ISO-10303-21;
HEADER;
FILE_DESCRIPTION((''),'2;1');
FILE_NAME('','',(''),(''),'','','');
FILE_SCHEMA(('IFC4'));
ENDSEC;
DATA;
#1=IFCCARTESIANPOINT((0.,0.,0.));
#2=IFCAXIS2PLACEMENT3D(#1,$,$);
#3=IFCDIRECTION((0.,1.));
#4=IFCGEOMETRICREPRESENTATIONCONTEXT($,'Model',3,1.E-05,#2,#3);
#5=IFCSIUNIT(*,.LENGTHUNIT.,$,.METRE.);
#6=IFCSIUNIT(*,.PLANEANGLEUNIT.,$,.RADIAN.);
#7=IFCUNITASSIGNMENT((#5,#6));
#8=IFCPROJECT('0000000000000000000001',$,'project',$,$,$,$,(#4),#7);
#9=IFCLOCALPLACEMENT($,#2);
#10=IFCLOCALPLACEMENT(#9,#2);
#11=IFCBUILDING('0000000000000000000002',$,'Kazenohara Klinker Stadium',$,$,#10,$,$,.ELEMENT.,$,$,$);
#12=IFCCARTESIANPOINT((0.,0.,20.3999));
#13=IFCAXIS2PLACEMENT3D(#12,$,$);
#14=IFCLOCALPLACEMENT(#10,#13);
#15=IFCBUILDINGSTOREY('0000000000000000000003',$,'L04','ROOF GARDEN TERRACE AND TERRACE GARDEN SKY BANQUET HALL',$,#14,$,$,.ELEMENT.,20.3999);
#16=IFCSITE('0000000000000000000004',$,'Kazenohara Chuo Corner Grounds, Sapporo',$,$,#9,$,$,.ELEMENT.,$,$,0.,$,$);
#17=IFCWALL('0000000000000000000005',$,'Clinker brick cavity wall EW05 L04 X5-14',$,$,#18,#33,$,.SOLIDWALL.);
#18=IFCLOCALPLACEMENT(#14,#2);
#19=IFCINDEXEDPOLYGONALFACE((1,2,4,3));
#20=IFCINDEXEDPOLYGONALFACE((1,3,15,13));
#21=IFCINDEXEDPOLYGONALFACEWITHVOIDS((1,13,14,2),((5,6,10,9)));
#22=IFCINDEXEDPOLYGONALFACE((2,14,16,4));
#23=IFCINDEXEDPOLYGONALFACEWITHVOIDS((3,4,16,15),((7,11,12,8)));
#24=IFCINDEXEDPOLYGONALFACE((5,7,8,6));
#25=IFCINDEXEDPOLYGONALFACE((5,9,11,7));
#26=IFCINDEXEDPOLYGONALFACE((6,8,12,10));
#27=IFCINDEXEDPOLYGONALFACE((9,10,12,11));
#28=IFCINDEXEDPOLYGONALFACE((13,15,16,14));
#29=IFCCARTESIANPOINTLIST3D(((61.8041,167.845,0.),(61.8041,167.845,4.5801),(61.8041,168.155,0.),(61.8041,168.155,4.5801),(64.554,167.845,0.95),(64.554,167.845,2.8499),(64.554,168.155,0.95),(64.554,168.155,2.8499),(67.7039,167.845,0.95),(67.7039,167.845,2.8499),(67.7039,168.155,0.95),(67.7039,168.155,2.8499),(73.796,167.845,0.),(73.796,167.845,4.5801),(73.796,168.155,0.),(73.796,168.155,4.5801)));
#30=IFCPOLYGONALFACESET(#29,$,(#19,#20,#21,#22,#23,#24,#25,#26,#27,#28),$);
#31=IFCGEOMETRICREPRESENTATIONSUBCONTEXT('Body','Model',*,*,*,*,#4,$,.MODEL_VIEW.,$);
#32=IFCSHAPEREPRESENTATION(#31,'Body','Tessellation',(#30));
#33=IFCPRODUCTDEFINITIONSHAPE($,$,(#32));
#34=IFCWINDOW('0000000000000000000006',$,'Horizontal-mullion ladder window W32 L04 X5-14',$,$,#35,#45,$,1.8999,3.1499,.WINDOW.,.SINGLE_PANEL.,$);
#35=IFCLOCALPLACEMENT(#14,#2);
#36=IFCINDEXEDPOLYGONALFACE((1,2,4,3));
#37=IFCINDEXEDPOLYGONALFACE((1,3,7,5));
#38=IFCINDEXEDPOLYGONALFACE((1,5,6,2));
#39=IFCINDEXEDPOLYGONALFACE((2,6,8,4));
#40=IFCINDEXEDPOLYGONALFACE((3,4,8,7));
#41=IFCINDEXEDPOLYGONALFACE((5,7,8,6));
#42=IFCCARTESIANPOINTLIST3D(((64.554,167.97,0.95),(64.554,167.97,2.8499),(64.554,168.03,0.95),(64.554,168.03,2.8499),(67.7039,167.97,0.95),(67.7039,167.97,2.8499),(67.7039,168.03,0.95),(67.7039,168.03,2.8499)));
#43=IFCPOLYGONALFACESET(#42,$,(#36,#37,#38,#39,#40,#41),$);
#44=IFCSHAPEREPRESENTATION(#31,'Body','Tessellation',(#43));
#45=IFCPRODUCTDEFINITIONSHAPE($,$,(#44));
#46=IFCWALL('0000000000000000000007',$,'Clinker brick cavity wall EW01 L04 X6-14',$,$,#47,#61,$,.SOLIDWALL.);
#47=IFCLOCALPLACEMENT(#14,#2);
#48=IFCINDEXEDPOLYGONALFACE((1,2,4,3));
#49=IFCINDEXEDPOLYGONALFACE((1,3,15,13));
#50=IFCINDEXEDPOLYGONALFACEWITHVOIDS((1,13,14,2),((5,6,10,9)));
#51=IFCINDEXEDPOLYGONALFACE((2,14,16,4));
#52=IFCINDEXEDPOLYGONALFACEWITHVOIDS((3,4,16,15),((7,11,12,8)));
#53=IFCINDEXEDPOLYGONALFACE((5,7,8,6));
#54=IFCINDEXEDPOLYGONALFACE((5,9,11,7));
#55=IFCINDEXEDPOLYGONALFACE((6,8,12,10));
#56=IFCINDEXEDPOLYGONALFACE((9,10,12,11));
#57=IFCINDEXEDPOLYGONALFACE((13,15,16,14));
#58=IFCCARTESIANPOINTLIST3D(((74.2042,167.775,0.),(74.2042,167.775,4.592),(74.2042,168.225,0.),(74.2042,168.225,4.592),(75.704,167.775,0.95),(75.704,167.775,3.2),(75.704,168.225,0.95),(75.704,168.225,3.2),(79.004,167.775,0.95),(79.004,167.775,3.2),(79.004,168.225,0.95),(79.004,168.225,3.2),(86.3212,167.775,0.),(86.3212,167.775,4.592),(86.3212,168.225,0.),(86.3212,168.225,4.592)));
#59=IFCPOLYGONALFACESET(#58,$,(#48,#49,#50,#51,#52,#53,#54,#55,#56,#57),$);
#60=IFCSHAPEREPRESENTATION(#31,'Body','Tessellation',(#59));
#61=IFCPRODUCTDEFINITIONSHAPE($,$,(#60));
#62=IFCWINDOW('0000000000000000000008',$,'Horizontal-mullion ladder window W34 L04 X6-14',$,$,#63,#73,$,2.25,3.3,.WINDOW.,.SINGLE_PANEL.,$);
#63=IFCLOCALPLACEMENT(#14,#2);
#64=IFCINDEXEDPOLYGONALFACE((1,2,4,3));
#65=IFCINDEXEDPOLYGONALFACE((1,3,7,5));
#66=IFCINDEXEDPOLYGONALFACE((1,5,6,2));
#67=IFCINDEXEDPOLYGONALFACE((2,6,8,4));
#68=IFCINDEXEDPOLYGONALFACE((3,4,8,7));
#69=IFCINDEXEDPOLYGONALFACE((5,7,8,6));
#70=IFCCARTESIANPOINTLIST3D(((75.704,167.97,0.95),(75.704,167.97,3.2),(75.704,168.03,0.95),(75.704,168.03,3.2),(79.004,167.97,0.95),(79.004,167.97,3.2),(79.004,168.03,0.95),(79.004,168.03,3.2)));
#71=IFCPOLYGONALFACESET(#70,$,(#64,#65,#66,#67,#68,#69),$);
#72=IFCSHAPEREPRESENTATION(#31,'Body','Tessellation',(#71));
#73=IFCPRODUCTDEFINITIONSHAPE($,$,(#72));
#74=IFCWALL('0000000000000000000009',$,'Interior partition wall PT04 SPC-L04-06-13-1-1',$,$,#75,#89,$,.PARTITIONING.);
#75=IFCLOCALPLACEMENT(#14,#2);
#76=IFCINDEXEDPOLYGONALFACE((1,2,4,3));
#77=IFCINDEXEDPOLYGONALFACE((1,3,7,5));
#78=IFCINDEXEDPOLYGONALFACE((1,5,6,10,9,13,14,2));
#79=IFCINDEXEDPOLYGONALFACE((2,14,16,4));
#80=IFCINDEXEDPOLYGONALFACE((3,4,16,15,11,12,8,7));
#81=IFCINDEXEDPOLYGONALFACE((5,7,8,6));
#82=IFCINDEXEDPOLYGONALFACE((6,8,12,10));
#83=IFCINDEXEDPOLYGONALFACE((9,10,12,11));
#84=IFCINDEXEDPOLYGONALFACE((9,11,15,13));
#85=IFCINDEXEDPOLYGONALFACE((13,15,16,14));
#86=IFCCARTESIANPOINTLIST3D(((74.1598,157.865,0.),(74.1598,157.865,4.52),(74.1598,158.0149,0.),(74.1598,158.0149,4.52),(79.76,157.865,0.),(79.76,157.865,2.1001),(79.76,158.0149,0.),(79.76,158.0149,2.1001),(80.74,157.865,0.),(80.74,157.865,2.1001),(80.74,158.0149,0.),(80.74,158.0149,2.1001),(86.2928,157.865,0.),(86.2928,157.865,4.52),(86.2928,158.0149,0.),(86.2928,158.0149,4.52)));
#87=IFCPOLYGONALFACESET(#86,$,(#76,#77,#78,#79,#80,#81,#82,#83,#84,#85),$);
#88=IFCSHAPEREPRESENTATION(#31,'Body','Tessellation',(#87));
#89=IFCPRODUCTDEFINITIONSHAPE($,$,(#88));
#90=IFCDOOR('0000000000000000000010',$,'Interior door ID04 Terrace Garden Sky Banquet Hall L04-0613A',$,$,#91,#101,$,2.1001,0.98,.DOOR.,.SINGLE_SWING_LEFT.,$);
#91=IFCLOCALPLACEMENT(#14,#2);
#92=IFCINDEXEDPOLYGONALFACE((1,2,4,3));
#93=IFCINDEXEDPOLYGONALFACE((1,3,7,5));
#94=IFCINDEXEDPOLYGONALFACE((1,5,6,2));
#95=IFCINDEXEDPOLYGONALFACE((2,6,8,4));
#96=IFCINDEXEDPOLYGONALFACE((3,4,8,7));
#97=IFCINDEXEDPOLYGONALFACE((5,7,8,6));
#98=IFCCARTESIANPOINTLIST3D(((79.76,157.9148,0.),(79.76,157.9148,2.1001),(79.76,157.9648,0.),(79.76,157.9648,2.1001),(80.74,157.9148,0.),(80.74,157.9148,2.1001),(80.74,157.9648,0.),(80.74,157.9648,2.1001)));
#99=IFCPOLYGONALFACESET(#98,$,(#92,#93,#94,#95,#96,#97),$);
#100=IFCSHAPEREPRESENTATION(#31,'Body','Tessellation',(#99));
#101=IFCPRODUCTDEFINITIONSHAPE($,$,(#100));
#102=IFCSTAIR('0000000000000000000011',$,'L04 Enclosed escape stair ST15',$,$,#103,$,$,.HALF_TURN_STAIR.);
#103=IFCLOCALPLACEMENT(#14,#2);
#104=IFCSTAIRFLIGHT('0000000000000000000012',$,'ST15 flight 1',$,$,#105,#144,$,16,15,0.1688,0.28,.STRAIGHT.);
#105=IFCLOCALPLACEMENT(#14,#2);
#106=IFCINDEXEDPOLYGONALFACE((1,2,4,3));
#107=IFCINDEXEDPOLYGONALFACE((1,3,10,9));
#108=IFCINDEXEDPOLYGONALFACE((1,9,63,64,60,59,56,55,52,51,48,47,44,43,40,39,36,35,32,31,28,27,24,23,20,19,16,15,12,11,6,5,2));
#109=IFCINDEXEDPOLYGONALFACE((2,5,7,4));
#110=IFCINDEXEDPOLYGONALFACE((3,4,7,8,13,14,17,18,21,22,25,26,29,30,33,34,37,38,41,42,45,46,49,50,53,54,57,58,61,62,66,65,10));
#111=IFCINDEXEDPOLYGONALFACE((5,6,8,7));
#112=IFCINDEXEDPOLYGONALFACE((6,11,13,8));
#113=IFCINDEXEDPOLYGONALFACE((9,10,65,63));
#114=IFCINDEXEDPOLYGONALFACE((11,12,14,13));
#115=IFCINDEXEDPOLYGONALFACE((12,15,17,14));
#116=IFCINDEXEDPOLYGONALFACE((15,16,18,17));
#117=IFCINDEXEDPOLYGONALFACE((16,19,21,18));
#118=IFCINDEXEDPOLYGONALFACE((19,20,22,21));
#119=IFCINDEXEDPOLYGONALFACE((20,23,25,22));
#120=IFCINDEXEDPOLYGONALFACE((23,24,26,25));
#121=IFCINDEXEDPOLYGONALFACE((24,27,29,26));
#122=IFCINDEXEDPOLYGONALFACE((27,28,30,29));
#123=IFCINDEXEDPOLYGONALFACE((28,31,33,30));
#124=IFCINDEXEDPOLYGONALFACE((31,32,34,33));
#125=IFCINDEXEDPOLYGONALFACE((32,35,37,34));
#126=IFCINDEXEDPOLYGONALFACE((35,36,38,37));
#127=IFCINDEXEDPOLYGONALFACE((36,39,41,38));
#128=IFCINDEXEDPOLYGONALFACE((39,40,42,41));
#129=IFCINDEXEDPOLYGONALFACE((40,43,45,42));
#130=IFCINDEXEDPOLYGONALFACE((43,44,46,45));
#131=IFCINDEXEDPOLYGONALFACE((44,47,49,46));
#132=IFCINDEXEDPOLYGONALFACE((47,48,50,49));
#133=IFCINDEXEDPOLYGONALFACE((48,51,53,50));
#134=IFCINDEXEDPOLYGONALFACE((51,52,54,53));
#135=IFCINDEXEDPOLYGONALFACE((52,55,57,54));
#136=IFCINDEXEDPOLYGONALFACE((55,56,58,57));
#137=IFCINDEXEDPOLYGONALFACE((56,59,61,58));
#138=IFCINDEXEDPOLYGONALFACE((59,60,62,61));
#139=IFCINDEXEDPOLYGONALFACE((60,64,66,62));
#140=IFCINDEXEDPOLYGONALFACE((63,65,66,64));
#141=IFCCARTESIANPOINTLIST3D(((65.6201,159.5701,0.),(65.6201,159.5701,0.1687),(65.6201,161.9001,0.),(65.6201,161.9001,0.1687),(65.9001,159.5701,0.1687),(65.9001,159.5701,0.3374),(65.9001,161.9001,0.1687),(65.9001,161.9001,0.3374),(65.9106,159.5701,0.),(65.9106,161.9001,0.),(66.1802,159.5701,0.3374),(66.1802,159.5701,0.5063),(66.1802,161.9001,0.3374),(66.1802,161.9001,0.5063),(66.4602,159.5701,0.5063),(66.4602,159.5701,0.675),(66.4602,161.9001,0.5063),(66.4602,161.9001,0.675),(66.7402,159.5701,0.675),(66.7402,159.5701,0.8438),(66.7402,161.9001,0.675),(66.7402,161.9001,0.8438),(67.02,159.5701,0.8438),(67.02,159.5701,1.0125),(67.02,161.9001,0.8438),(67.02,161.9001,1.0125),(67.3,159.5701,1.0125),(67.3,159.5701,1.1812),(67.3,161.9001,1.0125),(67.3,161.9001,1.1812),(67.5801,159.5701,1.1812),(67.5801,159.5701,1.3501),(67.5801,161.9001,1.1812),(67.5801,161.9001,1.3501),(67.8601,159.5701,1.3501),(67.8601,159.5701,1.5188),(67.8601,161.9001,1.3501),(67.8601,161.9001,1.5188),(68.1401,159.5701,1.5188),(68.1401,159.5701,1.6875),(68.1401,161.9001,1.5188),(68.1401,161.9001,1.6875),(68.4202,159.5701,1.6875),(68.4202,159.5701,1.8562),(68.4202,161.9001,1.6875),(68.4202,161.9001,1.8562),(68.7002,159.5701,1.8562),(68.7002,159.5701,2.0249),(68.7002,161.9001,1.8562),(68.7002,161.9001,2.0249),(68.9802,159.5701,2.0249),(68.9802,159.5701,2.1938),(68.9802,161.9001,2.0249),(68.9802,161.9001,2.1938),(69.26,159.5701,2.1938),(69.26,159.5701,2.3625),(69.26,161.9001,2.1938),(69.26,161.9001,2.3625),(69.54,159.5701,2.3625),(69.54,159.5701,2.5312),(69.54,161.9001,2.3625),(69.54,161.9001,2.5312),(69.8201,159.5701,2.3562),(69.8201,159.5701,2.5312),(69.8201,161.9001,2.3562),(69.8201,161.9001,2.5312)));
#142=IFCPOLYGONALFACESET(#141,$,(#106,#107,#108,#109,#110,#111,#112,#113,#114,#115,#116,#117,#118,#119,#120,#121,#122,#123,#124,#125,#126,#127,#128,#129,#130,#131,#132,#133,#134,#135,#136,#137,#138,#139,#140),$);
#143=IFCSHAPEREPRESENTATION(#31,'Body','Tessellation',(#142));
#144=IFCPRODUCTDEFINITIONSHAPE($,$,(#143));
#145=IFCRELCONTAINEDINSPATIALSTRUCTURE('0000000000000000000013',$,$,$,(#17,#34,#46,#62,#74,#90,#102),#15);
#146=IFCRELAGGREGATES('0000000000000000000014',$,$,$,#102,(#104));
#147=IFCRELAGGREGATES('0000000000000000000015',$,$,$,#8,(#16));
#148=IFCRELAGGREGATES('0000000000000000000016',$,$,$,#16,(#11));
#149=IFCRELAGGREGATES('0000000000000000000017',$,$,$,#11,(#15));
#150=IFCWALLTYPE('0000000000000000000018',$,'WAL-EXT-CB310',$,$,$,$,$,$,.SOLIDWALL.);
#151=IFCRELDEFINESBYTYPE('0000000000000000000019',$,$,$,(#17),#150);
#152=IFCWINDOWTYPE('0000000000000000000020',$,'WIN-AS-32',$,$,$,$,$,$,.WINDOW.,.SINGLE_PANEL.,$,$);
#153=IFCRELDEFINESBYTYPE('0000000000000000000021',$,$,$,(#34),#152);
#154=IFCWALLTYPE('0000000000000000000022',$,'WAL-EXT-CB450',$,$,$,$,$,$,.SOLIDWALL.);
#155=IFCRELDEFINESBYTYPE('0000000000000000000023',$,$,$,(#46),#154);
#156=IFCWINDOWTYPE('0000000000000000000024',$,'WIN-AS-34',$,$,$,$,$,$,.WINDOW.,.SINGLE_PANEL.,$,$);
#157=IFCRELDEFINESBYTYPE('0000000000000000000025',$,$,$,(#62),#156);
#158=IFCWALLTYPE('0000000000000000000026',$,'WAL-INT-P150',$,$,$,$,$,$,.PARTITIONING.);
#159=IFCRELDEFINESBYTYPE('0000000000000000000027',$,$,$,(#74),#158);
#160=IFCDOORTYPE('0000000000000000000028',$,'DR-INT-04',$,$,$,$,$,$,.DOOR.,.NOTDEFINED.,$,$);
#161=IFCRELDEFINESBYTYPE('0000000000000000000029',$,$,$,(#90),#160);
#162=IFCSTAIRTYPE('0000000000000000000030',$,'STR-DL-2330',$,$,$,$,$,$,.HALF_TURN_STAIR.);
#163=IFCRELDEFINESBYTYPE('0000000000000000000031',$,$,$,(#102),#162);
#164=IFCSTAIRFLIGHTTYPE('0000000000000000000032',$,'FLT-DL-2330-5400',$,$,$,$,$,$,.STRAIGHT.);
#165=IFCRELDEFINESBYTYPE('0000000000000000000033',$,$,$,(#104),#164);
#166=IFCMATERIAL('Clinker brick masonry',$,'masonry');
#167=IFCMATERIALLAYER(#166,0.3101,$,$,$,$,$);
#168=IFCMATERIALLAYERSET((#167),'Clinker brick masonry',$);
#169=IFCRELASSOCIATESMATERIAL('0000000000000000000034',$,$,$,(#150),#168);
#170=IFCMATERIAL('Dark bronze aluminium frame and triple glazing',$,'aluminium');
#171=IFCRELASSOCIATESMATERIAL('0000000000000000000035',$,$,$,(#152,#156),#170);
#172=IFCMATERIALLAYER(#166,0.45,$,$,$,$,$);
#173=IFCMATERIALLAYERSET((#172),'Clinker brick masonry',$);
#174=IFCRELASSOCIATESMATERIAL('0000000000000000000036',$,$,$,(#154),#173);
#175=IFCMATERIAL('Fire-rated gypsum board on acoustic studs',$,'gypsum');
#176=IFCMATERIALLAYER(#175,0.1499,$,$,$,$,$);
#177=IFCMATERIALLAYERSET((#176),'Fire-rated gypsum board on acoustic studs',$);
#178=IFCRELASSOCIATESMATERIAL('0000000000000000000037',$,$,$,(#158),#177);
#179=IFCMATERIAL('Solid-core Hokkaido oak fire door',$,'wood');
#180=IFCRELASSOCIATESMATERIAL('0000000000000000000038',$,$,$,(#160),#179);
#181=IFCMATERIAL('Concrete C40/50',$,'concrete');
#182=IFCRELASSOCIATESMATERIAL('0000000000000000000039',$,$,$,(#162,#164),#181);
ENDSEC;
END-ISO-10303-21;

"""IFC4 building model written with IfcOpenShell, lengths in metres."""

from ifc_helpers import new_model, si_unit, direction, frame, frame_2d, origin, place, context, subcontext, project, spatial, polyline, rectangle, outline, extrude, material, layer, layer_set, type_object, element, fill, aggregate, save


model = new_model("IFC4")

# Units and contexts
model_context = context("Model", 3, precision=1e-05, world=origin(), true_north=direction((0.0, 1.0)))
body_context = subcontext(model_context, "Body", "Model", "MODEL_VIEW")
ifc_project = project(units=[si_unit("LENGTHUNIT", "METRE"), si_unit("PLANEANGLEUNIT", "RADIAN")], contexts=[model_context])

# Site, building, storey
site_placement = place(None, origin())
site = spatial("IfcSite", under=ifc_project, at=site_placement, Name="Kazenohara Chuo Corner Grounds, Sapporo", CompositionType="ELEMENT", RefElevation=0.0)
building_placement = place(site_placement, origin())
building = spatial("IfcBuilding", under=site, at=building_placement, Name="Kazenohara Klinker Stadium", CompositionType="ELEMENT")
storey_placement = place(building_placement, frame((0.0, 0.0, 20.3999)))
storey = spatial("IfcBuildingStorey", under=building, at=storey_placement, Name="L04", Description="ROOF GARDEN TERRACE AND TERRACE GARDEN SKY BANQUET HALL", CompositionType="ELEMENT", Elevation=20.3999)

# Shared definitions
ifc_material_1 = material(Name="Concrete C40/50", Category="concrete")

# Walls, openings, windows
ifc_material_2 = material(Name="Clinker brick masonry", Category="masonry")
ifc_layer_1 = layer(ifc_material_2, 0.3101)
ifc_layer_set_1 = layer_set([ifc_layer_1], Name="Clinker brick masonry")
wall_type_1 = type_object("IfcWallType", Name="WAL-EXT-CB310", PredefinedType="SOLIDWALL", material=ifc_layer_set_1)
wall_1_placement = place(storey_placement, frame((61.804, 168.0, 0.0), z_axis=(0.0, 0.0, 1.0), x_axis=(1.0, 0.0, 0.0)))
wall_1 = element("IfcWall", 1, at=wall_1_placement, inside=storey, type_object=wall_type_1, Name="Clinker brick cavity wall EW05 L04 X5-14", PredefinedType="SOLIDWALL", context=body_context, shape_type="SweptSolid", body=[
    extrude(rectangle(XDim=11.9919, YDim=0.3101, at=frame_2d((5.9961, 0.0))), origin(), (0.0, 0.0, 1.0), 4.5801),
])
opening_1_placement = place(wall_1_placement, frame((2.75, 0.0, 0.95)))
opening_1 = element("IfcOpeningElement", 2, at=opening_1_placement, cuts=wall_1, PredefinedType="OPENING", context=body_context, shape_type="SweptSolid", body=[
    extrude(rectangle(XDim=3.1499, YDim=1.8999, at=frame_2d((1.575, 0.95))), frame((0.0, 0.165, 0.0), z_axis=(0.0, -1.0, 0.0), x_axis=(1.0, 0.0, 0.0)), (0.0, 0.0, 1.0), 0.3301),
])
ifc_material_3 = material(Name="Dark bronze aluminium frame and triple glazing", Category="aluminium")
window_type_1 = type_object("IfcWindowType", Name="WIN-AS-32", PartitioningType="SINGLE_PANEL", PredefinedType="WINDOW", material=ifc_material_3)
window_1_placement = place(opening_1_placement, origin())
window_1 = element("IfcWindow", 3, at=window_1_placement, inside=storey, type_object=window_type_1, Name="Horizontal-mullion ladder window W32 L04 X5-14", OverallHeight=1.8999, OverallWidth=3.1499, PartitioningType="SINGLE_PANEL", PredefinedType="WINDOW", context=body_context, shape_type="SweptSolid", body=[
    extrude(rectangle(XDim=3.1499, YDim=1.8999, at=frame_2d((1.575, 0.95))), frame((0.0, 0.03, 0.0), z_axis=(0.0, -1.0, 0.0), x_axis=(1.0, 0.0, 0.0)), (0.0, 0.0, 1.0), 0.0601),
])
fill(opening_1, window_1)
ifc_layer_2 = layer(ifc_material_2, 0.45)
ifc_layer_set_2 = layer_set([ifc_layer_2], Name="Clinker brick masonry")
wall_type_2 = type_object("IfcWallType", Name="WAL-EXT-CB450", PredefinedType="SOLIDWALL", material=ifc_layer_set_2)
wall_2_placement = place(storey_placement, frame((74.2041, 168.0, 0.0), z_axis=(0.0, 0.0, 1.0), x_axis=(1.0, 0.0, 0.0)))
wall_2 = element("IfcWall", 4, at=wall_2_placement, inside=storey, type_object=wall_type_2, Name="Clinker brick cavity wall EW01 L04 X6-14", PredefinedType="SOLIDWALL", context=body_context, shape_type="SweptSolid", body=[
    extrude(rectangle(XDim=12.1169, YDim=0.45, at=frame_2d((6.0586, 0.0))), origin(), (0.0, 0.0, 1.0), 4.592),
])
opening_2_placement = place(wall_2_placement, frame((1.5, 0.0, 0.95)))
opening_2 = element("IfcOpeningElement", 5, at=opening_2_placement, cuts=wall_2, PredefinedType="OPENING", context=body_context, shape_type="SweptSolid", body=[
    extrude(rectangle(XDim=3.3, YDim=2.25, at=frame_2d((1.6499, 1.125))), frame((0.0, 0.2349, 0.0), z_axis=(0.0, -1.0, 0.0), x_axis=(1.0, 0.0, 0.0)), (0.0, 0.0, 1.0), 0.47),
])
window_type_2 = type_object("IfcWindowType", Name="WIN-AS-34", PartitioningType="SINGLE_PANEL", PredefinedType="WINDOW", material=ifc_material_3)
window_2_placement = place(opening_2_placement, origin())
window_2 = element("IfcWindow", 6, at=window_2_placement, inside=storey, type_object=window_type_2, Name="Horizontal-mullion ladder window W34 L04 X6-14", OverallHeight=2.25, OverallWidth=3.3, PartitioningType="SINGLE_PANEL", PredefinedType="WINDOW", context=body_context, shape_type="SweptSolid", body=[
    extrude(rectangle(XDim=3.3, YDim=2.25, at=frame_2d((1.6499, 1.125))), frame((0.0, 0.03, 0.0), z_axis=(0.0, -1.0, 0.0), x_axis=(1.0, 0.0, 0.0)), (0.0, 0.0, 1.0), 0.0601),
])
fill(opening_2, window_2)

# Wall, opening, door
ifc_material_4 = material(Name="Fire-rated gypsum board on acoustic studs", Category="gypsum")
ifc_layer_3 = layer(ifc_material_4, 0.1499)
ifc_layer_set_3 = layer_set([ifc_layer_3], Name="Fire-rated gypsum board on acoustic studs")
wall_type_3 = type_object("IfcWallType", Name="WAL-INT-P150", PredefinedType="PARTITIONING", material=ifc_layer_set_3)
wall_3_placement = place(storey_placement, frame((74.1599, 157.9399, 0.0), z_axis=(0.0, 0.0, 1.0), x_axis=(1.0, 0.0, 0.0)))
wall_3 = element("IfcWall", 7, at=wall_3_placement, inside=storey, type_object=wall_type_3, Name="Interior partition wall PT04 SPC-L04-06-13-1-1", PredefinedType="PARTITIONING", context=body_context, shape_type="SweptSolid", body=[
    extrude(rectangle(XDim=12.1331, YDim=0.1499, at=frame_2d((6.0664, 0.0))), origin(), (0.0, 0.0, 1.0), 4.52),
])
opening_3_placement = place(wall_3_placement, frame((5.6001, 0.0, 0.0)))
opening_3 = element("IfcOpeningElement", 8, at=opening_3_placement, cuts=wall_3, PredefinedType="OPENING", context=body_context, shape_type="SweptSolid", body=[
    extrude(rectangle(XDim=0.98, YDim=2.1001, at=frame_2d((0.49, 1.05))), frame((0.0, 0.085, 0.0), z_axis=(0.0, -1.0, 0.0), x_axis=(1.0, 0.0, 0.0)), (0.0, 0.0, 1.0), 0.1699),
])
ifc_material_5 = material(Name="Solid-core Hokkaido oak fire door", Category="wood")
door_type_1 = type_object("IfcDoorType", Name="DR-INT-04", OperationType="NOTDEFINED", PredefinedType="DOOR", material=ifc_material_5)
door_1_placement = place(opening_3_placement, origin())
door_1 = element("IfcDoor", 9, at=door_1_placement, inside=storey, type_object=door_type_1, Name="Interior door ID04 Terrace Garden Sky Banquet Hall L04-0613A", OperationType="SINGLE_SWING_LEFT", OverallHeight=2.1001, OverallWidth=0.98, PredefinedType="DOOR", context=body_context, shape_type="SweptSolid", body=[
    extrude(rectangle(XDim=0.98, YDim=2.1001, at=frame_2d((0.49, 1.05))), frame((0.0, 0.0249, 0.0), z_axis=(0.0, -1.0, 0.0), x_axis=(1.0, 0.0, 0.0)), (0.0, 0.0, 1.0), 0.05),
])
fill(opening_3, door_1)

# Stair, stair flight
stair_type = type_object("IfcStairType", Name="STR-DL-2330", PredefinedType="HALF_TURN_STAIR", material=ifc_material_1)
stair_placement = place(storey_placement, origin())
stair = element("IfcStair", 10, at=stair_placement, inside=storey, type_object=stair_type, Name="L04 Enclosed escape stair ST15", PredefinedType="HALF_TURN_STAIR")
stair_flight_type = type_object("IfcStairFlightType", Name="FLT-DL-2330-5400", PredefinedType="STRAIGHT", material=ifc_material_1)
stair_flight_1_placement = place(storey_placement, frame((65.6201, 160.7351, 0.0), z_axis=(0.0, 0.0, 1.0), x_axis=(1.0, 0.0, 0.0)))
stair_flight_1 = element("IfcStairFlight", 11, at=stair_flight_1_placement, type_object=stair_flight_type, Name="ST15 flight 1", NumberOfRisers=16, NumberOfTreads=15, PredefinedType="STRAIGHT", RiserHeight=0.1688, TreadLength=0.28, context=body_context, shape_type="SweptSolid", body=[
    extrude(outline(polyline([(0.0, 0.0), (0.0, 0.1687), (0.28, 0.1687), (0.28, 0.3374), (0.5601, 0.3374), (0.5601, 0.5063), (0.8401, 0.5063), (0.8401, 0.675), (1.1201, 0.675), (1.1201, 0.8438), (1.3999, 0.8438), (1.3999, 1.0125), (1.6799, 1.0125), (1.6799, 1.1812), (1.96, 1.1812), (1.96, 1.3501), (2.24, 1.3501), (2.24, 1.5188), (2.52, 1.5188), (2.52, 1.6875), (2.8, 1.6875), (2.8, 1.8562), (3.0801, 1.8562), (3.0801, 2.0249), (3.3601, 2.0249), (3.3601, 2.1938), (3.6399, 2.1938), (3.6399, 2.3625), (3.9199, 2.3625), (3.9199, 2.5312), (4.2, 2.5312), (4.2, 2.7), (4.2, 2.3562), (0.2905, 0.0), (0.0, 0.0)])), frame((0.0, 1.165, 0.0), z_axis=(0.0, -1.0, 0.0), x_axis=(1.0, 0.0, 0.0)), (0.0, 0.0, 1.0), 2.3301),
])
aggregate(stair, [stair_flight_1])

save(model, "model.ifc")
